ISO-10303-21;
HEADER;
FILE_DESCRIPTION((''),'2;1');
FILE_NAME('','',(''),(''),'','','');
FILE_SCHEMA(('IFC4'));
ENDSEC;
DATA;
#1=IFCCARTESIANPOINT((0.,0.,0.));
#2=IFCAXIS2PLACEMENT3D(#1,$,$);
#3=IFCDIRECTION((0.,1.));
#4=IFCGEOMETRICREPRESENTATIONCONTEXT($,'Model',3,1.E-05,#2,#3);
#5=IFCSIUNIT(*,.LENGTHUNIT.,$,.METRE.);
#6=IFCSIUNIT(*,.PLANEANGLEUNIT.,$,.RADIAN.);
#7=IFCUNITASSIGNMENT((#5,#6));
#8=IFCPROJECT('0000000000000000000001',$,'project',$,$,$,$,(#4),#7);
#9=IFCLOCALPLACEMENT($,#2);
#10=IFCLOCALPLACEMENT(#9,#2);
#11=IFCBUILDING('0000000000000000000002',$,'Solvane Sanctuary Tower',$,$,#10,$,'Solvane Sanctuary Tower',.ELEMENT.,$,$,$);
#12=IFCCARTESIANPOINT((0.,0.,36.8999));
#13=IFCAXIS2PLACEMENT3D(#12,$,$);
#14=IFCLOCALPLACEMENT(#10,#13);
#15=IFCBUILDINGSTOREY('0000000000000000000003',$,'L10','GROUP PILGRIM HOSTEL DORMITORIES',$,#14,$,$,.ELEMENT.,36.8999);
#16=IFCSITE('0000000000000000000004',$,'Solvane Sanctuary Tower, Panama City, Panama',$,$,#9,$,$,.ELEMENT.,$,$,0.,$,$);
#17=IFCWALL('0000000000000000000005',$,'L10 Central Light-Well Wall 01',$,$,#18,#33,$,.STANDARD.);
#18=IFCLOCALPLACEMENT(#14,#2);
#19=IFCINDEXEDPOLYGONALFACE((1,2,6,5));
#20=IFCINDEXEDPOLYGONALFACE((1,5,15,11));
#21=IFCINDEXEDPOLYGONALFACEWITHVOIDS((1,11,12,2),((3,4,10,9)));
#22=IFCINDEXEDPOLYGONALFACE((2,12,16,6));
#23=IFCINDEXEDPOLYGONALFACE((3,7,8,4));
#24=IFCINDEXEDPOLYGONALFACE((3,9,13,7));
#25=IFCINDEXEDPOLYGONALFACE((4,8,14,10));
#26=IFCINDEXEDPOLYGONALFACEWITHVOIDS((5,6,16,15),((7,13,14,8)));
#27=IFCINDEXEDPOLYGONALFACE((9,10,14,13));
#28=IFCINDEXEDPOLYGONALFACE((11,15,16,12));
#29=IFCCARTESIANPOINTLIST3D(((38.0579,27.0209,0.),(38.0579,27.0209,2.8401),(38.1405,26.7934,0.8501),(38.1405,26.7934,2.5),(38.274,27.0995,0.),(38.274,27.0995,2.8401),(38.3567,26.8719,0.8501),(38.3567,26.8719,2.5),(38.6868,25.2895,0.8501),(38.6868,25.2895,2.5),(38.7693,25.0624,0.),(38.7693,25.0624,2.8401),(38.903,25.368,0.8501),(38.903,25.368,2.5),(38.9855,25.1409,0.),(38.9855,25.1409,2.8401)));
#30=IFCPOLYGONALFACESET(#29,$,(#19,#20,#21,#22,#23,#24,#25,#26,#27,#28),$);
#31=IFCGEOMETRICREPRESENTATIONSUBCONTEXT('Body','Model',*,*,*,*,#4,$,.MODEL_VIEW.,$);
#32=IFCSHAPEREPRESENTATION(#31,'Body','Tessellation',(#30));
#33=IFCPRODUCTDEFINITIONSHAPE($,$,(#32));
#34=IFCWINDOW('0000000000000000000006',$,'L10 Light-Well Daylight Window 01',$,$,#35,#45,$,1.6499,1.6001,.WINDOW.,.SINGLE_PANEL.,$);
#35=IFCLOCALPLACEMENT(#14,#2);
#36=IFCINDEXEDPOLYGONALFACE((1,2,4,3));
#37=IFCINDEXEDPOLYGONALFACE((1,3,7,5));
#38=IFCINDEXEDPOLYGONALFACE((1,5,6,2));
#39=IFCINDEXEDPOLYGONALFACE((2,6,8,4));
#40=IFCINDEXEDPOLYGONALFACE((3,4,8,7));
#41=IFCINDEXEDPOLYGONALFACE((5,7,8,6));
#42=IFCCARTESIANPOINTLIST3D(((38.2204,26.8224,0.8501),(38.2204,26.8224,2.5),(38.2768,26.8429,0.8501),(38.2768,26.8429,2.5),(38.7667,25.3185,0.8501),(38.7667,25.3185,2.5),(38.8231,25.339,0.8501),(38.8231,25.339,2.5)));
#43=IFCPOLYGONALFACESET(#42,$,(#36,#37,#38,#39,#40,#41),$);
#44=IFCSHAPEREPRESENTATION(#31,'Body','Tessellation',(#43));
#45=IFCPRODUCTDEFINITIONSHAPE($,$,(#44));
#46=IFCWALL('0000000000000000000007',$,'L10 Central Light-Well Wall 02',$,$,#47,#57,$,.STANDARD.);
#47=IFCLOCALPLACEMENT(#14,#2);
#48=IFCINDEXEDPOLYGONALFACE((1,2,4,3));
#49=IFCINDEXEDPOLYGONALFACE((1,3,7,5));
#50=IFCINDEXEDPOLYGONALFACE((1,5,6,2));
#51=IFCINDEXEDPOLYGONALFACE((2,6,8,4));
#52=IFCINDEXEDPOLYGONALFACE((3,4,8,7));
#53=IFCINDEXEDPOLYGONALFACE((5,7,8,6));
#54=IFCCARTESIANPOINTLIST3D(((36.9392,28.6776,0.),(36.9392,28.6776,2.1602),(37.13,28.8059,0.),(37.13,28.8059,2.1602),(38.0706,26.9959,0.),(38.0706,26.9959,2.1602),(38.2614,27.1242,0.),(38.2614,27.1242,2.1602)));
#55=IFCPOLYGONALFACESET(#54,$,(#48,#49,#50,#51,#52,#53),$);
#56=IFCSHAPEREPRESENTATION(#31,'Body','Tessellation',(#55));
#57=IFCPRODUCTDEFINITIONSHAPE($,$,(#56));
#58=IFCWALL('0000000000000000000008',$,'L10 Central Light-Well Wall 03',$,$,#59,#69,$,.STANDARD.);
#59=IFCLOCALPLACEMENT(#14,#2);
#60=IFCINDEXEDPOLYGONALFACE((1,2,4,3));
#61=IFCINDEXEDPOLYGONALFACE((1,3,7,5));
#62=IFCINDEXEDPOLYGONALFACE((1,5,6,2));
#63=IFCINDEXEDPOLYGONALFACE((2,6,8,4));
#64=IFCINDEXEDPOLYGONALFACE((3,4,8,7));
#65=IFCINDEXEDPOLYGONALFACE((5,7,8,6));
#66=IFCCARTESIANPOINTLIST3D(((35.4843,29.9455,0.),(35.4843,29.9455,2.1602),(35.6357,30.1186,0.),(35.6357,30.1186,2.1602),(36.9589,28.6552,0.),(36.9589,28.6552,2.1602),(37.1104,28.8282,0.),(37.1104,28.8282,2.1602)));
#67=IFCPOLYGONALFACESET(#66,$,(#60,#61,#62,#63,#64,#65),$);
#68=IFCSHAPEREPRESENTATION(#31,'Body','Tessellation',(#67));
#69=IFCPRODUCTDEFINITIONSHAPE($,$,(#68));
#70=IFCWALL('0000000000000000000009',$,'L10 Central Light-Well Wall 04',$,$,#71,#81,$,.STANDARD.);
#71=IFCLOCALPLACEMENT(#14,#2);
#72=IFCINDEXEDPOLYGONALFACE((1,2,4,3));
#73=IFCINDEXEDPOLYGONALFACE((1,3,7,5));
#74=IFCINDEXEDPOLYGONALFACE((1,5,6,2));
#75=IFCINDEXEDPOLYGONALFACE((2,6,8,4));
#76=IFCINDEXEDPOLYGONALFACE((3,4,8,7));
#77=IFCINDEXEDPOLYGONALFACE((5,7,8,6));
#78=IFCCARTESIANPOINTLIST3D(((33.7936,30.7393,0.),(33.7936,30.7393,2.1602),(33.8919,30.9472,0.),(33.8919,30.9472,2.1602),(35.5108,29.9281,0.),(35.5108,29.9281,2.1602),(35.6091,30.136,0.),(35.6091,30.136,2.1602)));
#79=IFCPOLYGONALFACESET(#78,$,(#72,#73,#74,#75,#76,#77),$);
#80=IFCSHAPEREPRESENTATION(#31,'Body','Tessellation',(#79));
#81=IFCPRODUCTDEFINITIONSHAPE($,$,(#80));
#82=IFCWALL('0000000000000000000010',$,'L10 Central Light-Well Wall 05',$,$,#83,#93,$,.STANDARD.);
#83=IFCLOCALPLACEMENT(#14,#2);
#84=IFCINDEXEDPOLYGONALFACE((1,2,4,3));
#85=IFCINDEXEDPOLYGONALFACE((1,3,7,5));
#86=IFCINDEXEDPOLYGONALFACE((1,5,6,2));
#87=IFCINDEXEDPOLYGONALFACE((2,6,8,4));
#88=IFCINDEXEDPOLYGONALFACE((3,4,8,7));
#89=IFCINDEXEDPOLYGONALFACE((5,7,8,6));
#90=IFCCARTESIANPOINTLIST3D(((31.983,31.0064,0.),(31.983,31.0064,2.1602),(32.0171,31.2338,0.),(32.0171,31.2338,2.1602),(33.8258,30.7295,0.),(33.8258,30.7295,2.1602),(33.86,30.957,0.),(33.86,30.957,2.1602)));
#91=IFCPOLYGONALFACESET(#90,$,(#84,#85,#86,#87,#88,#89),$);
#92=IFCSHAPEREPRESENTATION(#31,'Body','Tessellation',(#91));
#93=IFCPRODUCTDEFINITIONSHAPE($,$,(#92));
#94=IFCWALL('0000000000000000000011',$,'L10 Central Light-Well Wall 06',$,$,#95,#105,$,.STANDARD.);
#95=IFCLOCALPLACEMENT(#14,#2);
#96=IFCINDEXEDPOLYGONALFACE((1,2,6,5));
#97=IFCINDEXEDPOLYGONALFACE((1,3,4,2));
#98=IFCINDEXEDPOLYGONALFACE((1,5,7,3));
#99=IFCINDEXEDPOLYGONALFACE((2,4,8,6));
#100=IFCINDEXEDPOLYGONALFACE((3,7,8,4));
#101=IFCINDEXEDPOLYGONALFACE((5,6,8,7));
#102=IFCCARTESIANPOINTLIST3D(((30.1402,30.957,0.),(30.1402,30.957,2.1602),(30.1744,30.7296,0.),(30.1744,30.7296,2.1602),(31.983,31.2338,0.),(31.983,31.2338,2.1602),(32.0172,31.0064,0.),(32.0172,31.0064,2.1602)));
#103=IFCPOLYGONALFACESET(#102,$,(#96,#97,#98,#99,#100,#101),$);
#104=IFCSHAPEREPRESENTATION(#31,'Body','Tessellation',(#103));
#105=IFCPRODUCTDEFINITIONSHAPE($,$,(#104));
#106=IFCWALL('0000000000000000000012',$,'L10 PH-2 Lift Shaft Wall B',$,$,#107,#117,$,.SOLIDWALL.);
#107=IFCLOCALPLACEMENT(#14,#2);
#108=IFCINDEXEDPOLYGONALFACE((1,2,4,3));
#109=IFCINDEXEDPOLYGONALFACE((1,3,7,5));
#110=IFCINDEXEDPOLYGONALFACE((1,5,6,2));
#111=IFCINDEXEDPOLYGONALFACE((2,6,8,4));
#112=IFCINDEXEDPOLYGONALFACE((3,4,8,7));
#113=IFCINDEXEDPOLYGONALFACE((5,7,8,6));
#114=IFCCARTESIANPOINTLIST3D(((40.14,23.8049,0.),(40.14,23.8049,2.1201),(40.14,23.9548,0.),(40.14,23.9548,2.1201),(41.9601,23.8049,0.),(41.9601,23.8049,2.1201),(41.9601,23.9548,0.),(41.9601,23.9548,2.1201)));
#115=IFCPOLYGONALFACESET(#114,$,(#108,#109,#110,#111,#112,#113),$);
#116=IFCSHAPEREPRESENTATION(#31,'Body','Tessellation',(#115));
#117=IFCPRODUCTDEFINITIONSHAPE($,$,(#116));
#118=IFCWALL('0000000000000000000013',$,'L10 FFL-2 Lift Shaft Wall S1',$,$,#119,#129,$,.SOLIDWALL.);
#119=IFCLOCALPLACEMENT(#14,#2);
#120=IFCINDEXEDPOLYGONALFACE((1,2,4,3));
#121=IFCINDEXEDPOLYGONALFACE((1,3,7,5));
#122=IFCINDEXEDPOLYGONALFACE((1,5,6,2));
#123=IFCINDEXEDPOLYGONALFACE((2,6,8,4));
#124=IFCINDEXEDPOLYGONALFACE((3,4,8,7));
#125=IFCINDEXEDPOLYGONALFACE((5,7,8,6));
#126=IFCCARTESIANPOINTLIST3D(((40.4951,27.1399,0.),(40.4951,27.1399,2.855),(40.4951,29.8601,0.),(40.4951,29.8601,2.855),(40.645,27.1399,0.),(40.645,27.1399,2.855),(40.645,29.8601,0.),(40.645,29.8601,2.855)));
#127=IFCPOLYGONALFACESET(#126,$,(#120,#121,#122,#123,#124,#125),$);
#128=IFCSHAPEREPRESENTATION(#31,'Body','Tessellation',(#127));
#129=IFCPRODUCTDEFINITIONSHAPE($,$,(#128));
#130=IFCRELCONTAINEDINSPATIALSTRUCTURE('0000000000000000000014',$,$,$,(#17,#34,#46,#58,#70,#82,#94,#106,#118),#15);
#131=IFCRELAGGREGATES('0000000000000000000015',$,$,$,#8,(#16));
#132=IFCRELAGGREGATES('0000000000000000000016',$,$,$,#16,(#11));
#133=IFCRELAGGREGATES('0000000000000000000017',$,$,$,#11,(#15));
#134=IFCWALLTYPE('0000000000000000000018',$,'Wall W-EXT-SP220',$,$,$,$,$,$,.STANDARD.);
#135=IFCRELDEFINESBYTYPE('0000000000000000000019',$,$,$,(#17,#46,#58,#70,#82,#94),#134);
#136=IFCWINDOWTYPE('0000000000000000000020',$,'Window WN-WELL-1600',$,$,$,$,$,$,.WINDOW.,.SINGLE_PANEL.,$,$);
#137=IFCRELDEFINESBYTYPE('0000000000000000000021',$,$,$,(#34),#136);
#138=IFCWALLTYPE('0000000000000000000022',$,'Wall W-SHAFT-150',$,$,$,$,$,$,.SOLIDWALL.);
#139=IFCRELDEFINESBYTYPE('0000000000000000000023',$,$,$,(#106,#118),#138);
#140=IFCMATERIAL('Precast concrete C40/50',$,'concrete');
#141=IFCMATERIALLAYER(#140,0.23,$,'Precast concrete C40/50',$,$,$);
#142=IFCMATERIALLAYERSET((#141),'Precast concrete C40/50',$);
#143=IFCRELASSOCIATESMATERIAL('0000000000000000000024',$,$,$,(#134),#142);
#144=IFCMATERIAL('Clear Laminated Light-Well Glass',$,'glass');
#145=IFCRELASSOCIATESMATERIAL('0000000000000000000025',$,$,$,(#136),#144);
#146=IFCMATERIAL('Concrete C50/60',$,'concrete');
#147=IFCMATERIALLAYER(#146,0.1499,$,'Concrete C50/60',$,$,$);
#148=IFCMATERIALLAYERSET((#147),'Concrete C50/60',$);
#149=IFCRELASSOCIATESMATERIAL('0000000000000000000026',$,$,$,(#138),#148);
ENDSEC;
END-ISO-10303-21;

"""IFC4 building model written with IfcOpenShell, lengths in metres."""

from ifc_helpers import new_model, si_unit, direction, frame, frame_2d, origin, place, context, subcontext, project, spatial, rectangle, extrude, material, layer, layer_set, type_object, element, fill, save


model = new_model("IFC4")

# Units and contexts
model_context = context("Model", 3, precision=1e-05, world=origin(), true_north=direction((0.0, 1.0)))
body_context = subcontext(model_context, "Body", "Model", "MODEL_VIEW")
ifc_project = project(units=[si_unit("LENGTHUNIT", "METRE"), si_unit("PLANEANGLEUNIT", "RADIAN")], contexts=[model_context])

# Site, building, storey
site_placement = place(None, origin())
site = spatial("IfcSite", under=ifc_project, at=site_placement, Name="Solvane Sanctuary Tower, Panama City, Panama", CompositionType="ELEMENT", RefElevation=0.0)
building_placement = place(site_placement, origin())
building = spatial("IfcBuilding", under=site, at=building_placement, Name="Solvane Sanctuary Tower", LongName="Solvane Sanctuary Tower", CompositionType="ELEMENT")
storey_placement = place(building_placement, frame((0.0, 0.0, 36.8999)))
storey = spatial("IfcBuildingStorey", under=building, at=storey_placement, Name="L10", Description="GROUP PILGRIM HOSTEL DORMITORIES", CompositionType="ELEMENT", Elevation=36.8999)

# Shared definitions
ifc_material_1 = material(Name="Precast concrete C40/50", Category="concrete")
ifc_layer_1 = layer(ifc_material_1, 0.23, Name="Precast concrete C40/50")
ifc_layer_set_1 = layer_set([ifc_layer_1], Name="Precast concrete C40/50")
wall_type_1 = type_object("IfcWallType", Name="Wall W-EXT-SP220", PredefinedType="STANDARD", material=ifc_layer_set_1)

# Wall, opening, window
wall_1_placement = place(storey_placement, frame((38.8774, 25.1016, 0.0), z_axis=(0.0, 0.0, 1.0), x_axis=(-0.341423, 0.93991, 0.0)))
wall_1 = element("IfcWall", 1, at=wall_1_placement, inside=storey, type_object=wall_type_1, Name="L10 Central Light-Well Wall 01", PredefinedType="STANDARD", context=body_context, shape_type="SweptSolid", body=[
    extrude(rectangle(XDim=2.0837, YDim=0.23, at=frame_2d((1.042, 0.0))), origin(), (0.0, 0.0, 1.0), 2.8401),
])
opening_1_placement = place(wall_1_placement, frame((0.2417, 0.0, 0.8501)))
opening_1 = element("IfcOpeningElement", 2, at=opening_1_placement, cuts=wall_1, PredefinedType="OPENING", context=body_context, shape_type="SweptSolid", body=[
    extrude(rectangle(XDim=1.6001, YDim=1.6499, at=frame_2d((0.8, 0.825))), frame((0.0, 0.125, 0.0), z_axis=(0.0, -1.0, 0.0), x_axis=(1.0, 0.0, 0.0)), (0.0, 0.0, 1.0), 0.25),
])
ifc_material_2 = material(Name="Clear Laminated Light-Well Glass", Category="glass")
window_type = type_object("IfcWindowType", Name="Window WN-WELL-1600", PartitioningType="SINGLE_PANEL", PredefinedType="WINDOW", material=ifc_material_2)
window_placement = place(opening_1_placement, origin())
window = element("IfcWindow", 3, at=window_placement, inside=storey, type_object=window_type, Name="L10 Light-Well Daylight Window 01", OverallHeight=1.6499, OverallWidth=1.6001, PartitioningType="SINGLE_PANEL", PredefinedType="WINDOW", context=body_context, shape_type="SweptSolid", body=[
    extrude(rectangle(XDim=1.6001, YDim=1.6499, at=frame_2d((0.8, 0.825))), frame((0.0, 0.03, 0.0), z_axis=(0.0, -1.0, 0.0), x_axis=(1.0, 0.0, 0.0)), (0.0, 0.0, 1.0), 0.0601),
])
fill(opening_1, window)

# Walls
wall_2_placement = place(storey_placement, frame((38.166, 27.0601, 0.0), z_axis=(0.0, 0.0, 1.0), x_axis=(-0.558198, 0.829708, 0.0)))
element("IfcWall", 4, at=wall_2_placement, inside=storey, type_object=wall_type_1, Name="L10 Central Light-Well Wall 02", PredefinedType="STANDARD", context=body_context, shape_type="SweptSolid", body=[
    extrude(rectangle(XDim=2.0269, YDim=0.23, at=frame_2d((1.0134, 0.0))), origin(), (0.0, 0.0, 1.0), 2.1602),
])
wall_3_placement = place(storey_placement, frame((37.0347, 28.7417, 0.0), z_axis=(0.0, 0.0, 1.0), x_axis=(-0.752577, 0.658505, 0.0)))
element("IfcWall", 5, at=wall_3_placement, inside=storey, type_object=wall_type_1, Name="L10 Central Light-Well Wall 03", PredefinedType="STANDARD", context=body_context, shape_type="SweptSolid", body=[
    extrude(rectangle(XDim=1.9595, YDim=0.23, at=frame_2d((0.9797, 0.0))), origin(), (0.0, 0.0, 1.0), 2.1602),
])
wall_4_placement = place(storey_placement, frame((35.5601, 30.032, 0.0), z_axis=(0.0, 0.0, 1.0), x_axis=(-0.90418, 0.427152, 0.0)))
element("IfcWall", 6, at=wall_4_placement, inside=storey, type_object=wall_type_1, Name="L10 Central Light-Well Wall 04", PredefinedType="STANDARD", context=body_context, shape_type="SweptSolid", body=[
    extrude(rectangle(XDim=1.8992, YDim=0.23, at=frame_2d((0.9497, 0.0))), origin(), (0.0, 0.0, 1.0), 2.1602),
])
for number, where, z_axis, x_axis, name in (
    (7, (33.8428, 30.8433, 0.0), (0.0, 0.0, 1.0), (-0.988902, 0.148571, 0.0), "L10 Central Light-Well Wall 05"),
    (8, (32.0, 31.1201, 0.0), (0.0, 0.0, 1.0), (-0.988902, -0.148571, 0.0), "L10 Central Light-Well Wall 06"),
):
    element("IfcWall", number, at=place(storey_placement, frame(where, z_axis=z_axis, x_axis=x_axis)), inside=storey, type_object=wall_type_1, Name=name, PredefinedType="STANDARD", context=body_context, shape_type="SweptSolid", body=[
        extrude(rectangle(XDim=1.8635, YDim=0.23, at=frame_2d((0.9316, 0.0))), origin(), (0.0, 0.0, 1.0), 2.1602),
    ])
ifc_material_3 = material(Name="Concrete C50/60", Category="concrete")
ifc_layer_2 = layer(ifc_material_3, 0.1499, Name="Concrete C50/60")
ifc_layer_set_2 = layer_set([ifc_layer_2], Name="Concrete C50/60")
wall_type_2 = type_object("IfcWallType", Name="Wall W-SHAFT-150", PredefinedType="SOLIDWALL", material=ifc_layer_set_2)
wall_5_placement = place(storey_placement, frame((40.1399, 23.8799, 0.0), z_axis=(0.0, 0.0, 1.0), x_axis=(1.0, 0.0, 0.0)))
element("IfcWall", 9, at=wall_5_placement, inside=storey, type_object=wall_type_2, Name="L10 PH-2 Lift Shaft Wall B", PredefinedType="SOLIDWALL", context=body_context, shape_type="SweptSolid", body=[
    extrude(rectangle(XDim=1.8201, YDim=0.1499, at=frame_2d((0.9102, 0.0))), origin(), (0.0, 0.0, 1.0), 2.1201),
])
wall_6_placement = place(storey_placement, frame((40.5701, 27.1399, 0.0), z_axis=(0.0, 0.0, 1.0), x_axis=(0.0, 1.0, 0.0)))
element("IfcWall", 10, at=wall_6_placement, inside=storey, type_object=wall_type_2, Name="L10 FFL-2 Lift Shaft Wall S1", PredefinedType="SOLIDWALL", context=body_context, shape_type="SweptSolid", body=[
    extrude(rectangle(XDim=2.7202, YDim=0.1499, at=frame_2d((1.3601, 0.0))), origin(), (0.0, 0.0, 1.0), 2.855),
])

save(model, "model.ifc")
